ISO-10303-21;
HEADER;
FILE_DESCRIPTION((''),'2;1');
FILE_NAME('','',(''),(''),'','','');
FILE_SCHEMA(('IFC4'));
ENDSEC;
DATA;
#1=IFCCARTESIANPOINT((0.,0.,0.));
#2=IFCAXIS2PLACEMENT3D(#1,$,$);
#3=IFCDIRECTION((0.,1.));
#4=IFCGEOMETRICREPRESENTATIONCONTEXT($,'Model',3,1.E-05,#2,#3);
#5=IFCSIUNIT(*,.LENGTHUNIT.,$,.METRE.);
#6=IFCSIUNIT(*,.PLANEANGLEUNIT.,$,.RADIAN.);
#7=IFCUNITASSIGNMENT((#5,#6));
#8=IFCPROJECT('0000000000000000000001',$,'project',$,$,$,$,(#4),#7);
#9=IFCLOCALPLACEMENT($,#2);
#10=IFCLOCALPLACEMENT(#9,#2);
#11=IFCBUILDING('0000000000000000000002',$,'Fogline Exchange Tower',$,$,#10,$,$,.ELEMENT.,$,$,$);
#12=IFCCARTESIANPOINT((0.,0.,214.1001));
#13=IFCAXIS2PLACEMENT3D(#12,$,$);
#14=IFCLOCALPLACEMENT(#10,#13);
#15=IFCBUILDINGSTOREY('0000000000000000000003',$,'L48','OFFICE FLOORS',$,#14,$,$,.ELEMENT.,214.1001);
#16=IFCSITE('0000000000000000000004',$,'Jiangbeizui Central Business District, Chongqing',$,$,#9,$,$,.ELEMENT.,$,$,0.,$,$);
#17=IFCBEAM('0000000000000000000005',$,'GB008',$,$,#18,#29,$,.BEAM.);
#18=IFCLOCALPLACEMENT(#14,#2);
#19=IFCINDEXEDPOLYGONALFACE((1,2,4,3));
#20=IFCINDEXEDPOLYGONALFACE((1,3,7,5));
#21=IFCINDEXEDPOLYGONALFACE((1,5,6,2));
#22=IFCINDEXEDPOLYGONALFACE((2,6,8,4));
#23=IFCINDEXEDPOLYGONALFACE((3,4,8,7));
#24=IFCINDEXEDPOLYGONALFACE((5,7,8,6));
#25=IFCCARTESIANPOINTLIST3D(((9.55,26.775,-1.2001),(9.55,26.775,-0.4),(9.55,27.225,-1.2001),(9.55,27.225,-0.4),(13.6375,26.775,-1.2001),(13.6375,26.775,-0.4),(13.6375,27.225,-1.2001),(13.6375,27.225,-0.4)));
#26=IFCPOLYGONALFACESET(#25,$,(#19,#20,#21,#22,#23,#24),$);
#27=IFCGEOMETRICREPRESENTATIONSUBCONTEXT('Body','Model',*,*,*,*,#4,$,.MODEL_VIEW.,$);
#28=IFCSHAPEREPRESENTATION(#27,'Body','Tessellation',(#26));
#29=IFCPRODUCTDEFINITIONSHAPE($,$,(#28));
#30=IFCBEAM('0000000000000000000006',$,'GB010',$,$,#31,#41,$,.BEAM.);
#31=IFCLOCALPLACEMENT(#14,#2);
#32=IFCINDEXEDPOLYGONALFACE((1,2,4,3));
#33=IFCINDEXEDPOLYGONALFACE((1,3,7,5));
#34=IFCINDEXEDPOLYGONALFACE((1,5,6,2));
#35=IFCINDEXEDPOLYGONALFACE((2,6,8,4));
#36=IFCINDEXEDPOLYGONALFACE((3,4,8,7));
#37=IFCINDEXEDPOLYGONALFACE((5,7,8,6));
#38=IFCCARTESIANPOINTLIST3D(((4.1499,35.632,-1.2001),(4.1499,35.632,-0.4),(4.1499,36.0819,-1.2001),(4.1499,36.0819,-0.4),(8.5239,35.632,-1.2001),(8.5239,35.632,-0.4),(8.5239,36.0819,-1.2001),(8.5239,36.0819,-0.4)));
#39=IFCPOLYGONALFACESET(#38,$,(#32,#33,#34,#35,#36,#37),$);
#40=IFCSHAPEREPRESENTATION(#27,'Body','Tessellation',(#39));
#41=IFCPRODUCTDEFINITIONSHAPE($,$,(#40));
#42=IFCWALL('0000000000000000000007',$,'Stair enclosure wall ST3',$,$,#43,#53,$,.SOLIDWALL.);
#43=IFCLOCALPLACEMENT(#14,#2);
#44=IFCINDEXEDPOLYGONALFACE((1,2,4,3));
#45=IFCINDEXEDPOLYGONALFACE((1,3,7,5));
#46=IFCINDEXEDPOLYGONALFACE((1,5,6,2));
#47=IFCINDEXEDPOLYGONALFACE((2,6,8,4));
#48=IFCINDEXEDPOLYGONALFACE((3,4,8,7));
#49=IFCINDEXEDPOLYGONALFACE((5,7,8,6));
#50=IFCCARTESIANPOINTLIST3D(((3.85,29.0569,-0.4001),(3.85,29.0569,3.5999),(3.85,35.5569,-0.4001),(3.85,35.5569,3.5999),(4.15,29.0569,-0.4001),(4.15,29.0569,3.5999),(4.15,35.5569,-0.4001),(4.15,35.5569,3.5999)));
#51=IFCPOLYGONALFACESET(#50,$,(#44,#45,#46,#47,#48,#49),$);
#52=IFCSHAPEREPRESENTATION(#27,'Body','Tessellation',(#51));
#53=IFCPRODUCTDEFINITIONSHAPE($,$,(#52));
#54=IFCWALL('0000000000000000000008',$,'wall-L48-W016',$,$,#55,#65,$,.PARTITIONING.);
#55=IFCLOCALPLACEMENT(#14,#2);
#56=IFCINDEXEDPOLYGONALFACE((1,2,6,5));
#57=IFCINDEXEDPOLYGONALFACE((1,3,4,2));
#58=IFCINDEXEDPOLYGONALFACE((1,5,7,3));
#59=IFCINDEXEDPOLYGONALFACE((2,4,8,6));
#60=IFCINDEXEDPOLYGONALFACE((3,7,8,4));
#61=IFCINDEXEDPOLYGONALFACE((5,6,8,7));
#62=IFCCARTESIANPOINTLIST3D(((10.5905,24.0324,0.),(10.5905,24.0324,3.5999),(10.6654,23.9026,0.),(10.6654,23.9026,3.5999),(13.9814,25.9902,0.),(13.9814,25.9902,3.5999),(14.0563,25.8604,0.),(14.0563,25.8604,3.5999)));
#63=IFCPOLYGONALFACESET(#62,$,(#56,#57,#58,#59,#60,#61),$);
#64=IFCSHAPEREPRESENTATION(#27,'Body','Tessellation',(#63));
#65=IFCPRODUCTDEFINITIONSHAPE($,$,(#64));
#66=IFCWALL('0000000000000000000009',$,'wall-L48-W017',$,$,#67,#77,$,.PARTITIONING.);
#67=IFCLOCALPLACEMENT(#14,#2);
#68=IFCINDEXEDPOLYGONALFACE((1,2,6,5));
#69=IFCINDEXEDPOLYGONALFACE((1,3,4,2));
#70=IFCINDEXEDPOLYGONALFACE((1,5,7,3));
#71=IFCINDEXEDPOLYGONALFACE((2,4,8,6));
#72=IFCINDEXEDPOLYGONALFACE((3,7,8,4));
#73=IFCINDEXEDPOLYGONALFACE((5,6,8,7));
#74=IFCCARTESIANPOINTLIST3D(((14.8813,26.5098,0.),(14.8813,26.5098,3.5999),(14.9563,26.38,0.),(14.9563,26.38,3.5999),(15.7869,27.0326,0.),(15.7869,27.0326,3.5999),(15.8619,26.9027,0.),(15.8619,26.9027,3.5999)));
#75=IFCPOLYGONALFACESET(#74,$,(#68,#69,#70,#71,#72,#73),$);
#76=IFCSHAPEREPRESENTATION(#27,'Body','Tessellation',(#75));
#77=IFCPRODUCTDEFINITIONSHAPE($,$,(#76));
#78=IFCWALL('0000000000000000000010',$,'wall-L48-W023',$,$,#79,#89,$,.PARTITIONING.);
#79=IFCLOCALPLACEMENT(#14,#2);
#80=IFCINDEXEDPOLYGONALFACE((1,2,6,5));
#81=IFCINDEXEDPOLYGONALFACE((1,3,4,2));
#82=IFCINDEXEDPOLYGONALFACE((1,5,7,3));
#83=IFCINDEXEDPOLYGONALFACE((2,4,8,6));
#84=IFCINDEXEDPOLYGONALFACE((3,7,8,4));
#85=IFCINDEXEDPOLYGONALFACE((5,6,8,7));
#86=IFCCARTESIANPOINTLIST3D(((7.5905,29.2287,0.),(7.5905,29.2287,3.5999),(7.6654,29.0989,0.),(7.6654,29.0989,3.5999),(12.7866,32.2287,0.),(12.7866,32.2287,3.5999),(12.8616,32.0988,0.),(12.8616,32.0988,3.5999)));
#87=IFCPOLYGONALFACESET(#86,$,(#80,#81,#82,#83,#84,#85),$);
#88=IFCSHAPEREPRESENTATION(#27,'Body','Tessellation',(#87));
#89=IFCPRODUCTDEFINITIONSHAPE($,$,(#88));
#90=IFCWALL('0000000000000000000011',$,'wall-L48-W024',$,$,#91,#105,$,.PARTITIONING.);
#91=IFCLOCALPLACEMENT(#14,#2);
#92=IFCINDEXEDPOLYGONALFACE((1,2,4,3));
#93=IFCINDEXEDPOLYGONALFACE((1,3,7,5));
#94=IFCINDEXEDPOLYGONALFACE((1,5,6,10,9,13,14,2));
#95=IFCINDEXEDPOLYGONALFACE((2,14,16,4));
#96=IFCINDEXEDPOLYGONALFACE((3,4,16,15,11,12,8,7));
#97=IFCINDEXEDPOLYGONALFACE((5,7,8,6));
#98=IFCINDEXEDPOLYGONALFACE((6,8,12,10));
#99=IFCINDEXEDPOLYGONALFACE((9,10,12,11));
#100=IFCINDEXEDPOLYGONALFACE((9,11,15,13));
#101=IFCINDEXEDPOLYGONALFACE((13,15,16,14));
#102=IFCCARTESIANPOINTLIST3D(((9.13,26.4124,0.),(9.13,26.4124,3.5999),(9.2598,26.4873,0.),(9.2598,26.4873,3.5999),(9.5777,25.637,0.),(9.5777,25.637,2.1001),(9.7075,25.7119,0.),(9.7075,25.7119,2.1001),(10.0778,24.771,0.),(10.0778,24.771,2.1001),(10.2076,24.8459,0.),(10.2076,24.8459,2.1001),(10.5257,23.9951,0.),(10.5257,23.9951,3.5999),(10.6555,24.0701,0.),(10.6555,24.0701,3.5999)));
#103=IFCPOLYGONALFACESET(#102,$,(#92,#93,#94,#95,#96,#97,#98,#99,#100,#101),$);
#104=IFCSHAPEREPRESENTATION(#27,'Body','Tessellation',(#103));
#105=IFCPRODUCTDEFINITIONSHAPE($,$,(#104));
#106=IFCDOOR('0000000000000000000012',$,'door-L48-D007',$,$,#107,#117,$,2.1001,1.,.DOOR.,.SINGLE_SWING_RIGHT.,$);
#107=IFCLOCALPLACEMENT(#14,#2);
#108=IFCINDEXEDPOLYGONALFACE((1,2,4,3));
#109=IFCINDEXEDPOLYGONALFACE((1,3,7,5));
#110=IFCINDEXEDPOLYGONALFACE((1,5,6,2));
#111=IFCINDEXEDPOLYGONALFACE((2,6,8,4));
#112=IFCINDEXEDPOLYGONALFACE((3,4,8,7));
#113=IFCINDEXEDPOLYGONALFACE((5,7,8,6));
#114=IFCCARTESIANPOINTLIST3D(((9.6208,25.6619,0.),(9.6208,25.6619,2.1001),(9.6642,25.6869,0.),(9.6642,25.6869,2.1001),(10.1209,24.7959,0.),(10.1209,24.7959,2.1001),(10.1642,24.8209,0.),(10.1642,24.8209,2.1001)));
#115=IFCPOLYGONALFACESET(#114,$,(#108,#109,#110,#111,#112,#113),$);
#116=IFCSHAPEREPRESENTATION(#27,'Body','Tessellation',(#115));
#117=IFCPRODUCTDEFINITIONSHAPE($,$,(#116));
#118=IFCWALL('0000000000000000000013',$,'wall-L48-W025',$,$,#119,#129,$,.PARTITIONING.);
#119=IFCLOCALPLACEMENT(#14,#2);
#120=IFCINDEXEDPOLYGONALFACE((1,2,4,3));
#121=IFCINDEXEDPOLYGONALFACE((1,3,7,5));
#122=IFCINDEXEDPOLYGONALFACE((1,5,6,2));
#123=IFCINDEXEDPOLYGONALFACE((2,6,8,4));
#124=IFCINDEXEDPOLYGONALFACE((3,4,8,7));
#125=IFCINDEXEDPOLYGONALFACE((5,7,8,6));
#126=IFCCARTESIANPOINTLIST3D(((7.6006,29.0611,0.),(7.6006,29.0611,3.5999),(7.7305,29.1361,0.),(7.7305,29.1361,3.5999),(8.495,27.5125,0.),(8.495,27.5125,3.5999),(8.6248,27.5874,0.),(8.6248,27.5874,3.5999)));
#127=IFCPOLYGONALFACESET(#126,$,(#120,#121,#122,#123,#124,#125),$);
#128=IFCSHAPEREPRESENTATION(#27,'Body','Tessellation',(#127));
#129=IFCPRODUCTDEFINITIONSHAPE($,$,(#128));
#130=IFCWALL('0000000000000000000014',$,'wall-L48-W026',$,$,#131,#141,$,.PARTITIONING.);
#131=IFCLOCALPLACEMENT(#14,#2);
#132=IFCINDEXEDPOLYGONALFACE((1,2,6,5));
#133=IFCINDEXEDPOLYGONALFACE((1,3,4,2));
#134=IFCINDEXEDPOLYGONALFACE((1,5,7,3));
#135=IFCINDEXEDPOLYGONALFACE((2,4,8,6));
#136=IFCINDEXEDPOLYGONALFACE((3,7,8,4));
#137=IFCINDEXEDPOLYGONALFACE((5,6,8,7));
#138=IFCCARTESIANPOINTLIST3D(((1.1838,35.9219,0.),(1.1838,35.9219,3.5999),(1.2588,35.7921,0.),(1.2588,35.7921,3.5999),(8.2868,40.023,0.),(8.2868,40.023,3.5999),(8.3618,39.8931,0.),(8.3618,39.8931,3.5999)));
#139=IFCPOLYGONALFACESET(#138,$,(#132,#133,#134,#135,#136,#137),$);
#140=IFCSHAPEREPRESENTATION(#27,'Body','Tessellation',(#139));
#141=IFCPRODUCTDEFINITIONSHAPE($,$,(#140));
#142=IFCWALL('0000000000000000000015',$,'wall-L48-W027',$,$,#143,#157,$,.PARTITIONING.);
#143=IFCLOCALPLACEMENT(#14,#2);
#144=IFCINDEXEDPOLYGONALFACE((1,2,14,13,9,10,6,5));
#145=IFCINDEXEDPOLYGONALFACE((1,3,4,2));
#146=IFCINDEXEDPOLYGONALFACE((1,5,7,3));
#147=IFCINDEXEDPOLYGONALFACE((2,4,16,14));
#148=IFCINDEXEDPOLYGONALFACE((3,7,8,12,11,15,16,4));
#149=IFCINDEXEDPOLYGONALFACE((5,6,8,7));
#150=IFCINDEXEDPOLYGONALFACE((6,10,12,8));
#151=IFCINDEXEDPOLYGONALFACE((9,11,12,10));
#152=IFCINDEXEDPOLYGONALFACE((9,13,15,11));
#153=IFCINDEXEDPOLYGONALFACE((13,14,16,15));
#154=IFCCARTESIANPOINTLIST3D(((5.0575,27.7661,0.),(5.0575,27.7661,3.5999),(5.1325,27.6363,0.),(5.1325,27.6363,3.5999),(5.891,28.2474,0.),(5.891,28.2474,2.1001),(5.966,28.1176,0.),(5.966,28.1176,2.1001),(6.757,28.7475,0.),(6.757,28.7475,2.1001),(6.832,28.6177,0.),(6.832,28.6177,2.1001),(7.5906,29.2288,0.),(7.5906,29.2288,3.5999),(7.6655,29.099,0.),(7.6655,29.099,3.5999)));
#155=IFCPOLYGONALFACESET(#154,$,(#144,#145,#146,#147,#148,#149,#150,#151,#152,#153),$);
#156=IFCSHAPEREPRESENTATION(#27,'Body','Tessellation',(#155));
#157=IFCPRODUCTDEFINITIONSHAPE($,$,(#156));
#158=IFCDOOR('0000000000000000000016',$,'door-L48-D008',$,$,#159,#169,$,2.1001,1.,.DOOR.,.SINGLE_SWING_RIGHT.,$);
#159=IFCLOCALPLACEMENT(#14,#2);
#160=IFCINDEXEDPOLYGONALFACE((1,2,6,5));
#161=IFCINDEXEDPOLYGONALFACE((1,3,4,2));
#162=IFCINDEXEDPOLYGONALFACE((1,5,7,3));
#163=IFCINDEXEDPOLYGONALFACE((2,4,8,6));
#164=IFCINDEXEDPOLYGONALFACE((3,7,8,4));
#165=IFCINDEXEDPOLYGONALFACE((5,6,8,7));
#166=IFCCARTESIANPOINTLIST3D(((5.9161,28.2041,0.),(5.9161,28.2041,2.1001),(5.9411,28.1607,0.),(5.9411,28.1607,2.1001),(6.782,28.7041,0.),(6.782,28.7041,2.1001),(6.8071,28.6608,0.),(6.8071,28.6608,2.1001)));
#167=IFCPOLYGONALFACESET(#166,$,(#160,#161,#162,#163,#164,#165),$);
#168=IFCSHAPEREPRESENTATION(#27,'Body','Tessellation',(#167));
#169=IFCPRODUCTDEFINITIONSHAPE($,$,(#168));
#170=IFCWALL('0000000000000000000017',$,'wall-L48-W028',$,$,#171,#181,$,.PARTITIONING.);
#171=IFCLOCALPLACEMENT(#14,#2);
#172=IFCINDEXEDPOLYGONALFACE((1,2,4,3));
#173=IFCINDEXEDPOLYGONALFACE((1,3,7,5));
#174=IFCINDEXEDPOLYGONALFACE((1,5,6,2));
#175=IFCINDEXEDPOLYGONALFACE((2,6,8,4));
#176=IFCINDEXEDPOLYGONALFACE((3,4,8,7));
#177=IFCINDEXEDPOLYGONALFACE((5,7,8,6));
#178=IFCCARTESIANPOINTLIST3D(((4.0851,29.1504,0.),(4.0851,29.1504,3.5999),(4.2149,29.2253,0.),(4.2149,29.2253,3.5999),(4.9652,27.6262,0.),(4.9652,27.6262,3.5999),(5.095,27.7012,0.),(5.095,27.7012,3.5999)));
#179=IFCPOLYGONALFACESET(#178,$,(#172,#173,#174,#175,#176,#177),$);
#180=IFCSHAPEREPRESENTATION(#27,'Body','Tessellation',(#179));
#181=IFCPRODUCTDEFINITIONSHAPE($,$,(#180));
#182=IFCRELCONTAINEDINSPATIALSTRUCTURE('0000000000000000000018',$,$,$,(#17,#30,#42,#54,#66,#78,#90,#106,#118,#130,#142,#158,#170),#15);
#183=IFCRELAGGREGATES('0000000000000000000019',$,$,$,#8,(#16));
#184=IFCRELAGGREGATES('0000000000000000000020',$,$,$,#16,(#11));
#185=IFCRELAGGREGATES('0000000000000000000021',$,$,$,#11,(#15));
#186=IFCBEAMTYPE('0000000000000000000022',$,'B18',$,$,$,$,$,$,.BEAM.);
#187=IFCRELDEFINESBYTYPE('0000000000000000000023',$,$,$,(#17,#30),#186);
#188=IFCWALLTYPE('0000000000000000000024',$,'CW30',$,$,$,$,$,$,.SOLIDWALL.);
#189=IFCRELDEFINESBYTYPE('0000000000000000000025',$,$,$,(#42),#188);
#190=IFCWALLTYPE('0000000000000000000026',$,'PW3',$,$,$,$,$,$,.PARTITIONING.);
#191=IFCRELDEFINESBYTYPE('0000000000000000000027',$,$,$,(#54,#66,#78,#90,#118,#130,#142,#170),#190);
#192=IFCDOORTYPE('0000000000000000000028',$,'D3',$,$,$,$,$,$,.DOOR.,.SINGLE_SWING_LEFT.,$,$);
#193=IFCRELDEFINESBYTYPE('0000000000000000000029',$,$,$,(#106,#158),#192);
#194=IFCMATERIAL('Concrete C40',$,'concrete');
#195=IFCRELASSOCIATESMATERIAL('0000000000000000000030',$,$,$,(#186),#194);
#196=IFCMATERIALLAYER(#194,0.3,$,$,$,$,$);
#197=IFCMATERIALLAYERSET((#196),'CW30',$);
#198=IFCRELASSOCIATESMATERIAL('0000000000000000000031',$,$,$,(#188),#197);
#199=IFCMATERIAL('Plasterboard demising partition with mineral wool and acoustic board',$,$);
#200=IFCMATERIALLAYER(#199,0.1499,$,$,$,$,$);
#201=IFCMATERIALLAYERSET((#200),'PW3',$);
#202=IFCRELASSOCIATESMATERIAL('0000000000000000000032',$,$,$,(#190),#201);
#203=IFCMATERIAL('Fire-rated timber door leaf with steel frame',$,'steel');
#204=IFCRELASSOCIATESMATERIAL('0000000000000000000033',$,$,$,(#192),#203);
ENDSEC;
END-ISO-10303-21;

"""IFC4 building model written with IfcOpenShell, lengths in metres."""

from ifc_helpers import new_model, si_unit, direction, frame, frame_2d, origin, origin_2d, place, context, subcontext, project, spatial, rectangle, extrude, material, layer, layer_set, material_profile, profile_set, type_object, element, fill, save


model = new_model("IFC4")

# Units and contexts
model_context = context("Model", 3, precision=1e-05, world=origin(), true_north=direction((0.0, 1.0)))
body_context = subcontext(model_context, "Body", "Model", "MODEL_VIEW")
ifc_project = project(units=[si_unit("LENGTHUNIT", "METRE"), si_unit("PLANEANGLEUNIT", "RADIAN")], contexts=[model_context])

# Site, building, storey
site_placement = place(None, origin())
site = spatial("IfcSite", under=ifc_project, at=site_placement, Name="Jiangbeizui Central Business District, Chongqing", CompositionType="ELEMENT", RefElevation=0.0)
building_placement = place(site_placement, origin())
building = spatial("IfcBuilding", under=site, at=building_placement, Name="Fogline Exchange Tower", CompositionType="ELEMENT")
storey_placement = place(building_placement, frame((0.0, 0.0, 214.1001)))
storey = spatial("IfcBuildingStorey", under=building, at=storey_placement, Name="L48", Description="OFFICE FLOORS", CompositionType="ELEMENT", Elevation=214.1001)

# Beams
ifc_material_1 = material(Name="Concrete C40", Category="concrete")
ifc_material_profile_1 = material_profile(ifc_material_1, rectangle(XDim=0.45, YDim=0.8, at=origin_2d()), Name="RC 450x800")
ifc_profile_set_1 = profile_set([ifc_material_profile_1], Name="Concrete C40")
beam_type_1 = type_object("IfcBeamType", Name="B18", PredefinedType="BEAM", material=ifc_profile_set_1)
beam_1_placement = place(storey_placement, frame((9.55, 27.0, -0.8), z_axis=(1.0, 0.0, 0.0), x_axis=(0.0, 1.0, 0.0)))
element("IfcBeam", 1, at=beam_1_placement, inside=storey, type_object=beam_type_1, Name="GB008", PredefinedType="BEAM", context=body_context, shape_type="SweptSolid", body=[
    extrude(rectangle(XDim=0.45, YDim=0.8, at=origin_2d()), origin(), (0.0, 0.0, 1.0), 4.0874),
])
beam_2_placement = place(storey_placement, frame((4.1499, 35.8569, -0.8), z_axis=(1.0, 0.0, 0.0), x_axis=(0.0, 1.0, 0.0)))
element("IfcBeam", 2, at=beam_2_placement, inside=storey, type_object=beam_type_1, Name="GB010", PredefinedType="BEAM", context=body_context, shape_type="SweptSolid", body=[
    extrude(rectangle(XDim=0.45, YDim=0.8, at=origin_2d()), origin(), (0.0, 0.0, 1.0), 4.374),
])

# Wall
ifc_layer_1 = layer(ifc_material_1, 0.3)
ifc_layer_set_1 = layer_set([ifc_layer_1], Name="CW30")
wall_type_1 = type_object("IfcWallType", Name="CW30", PredefinedType="SOLIDWALL", material=ifc_layer_set_1)
wall_1_placement = place(storey_placement, frame((4.0, 29.0569, -0.4001), z_axis=(0.0, 0.0, 1.0), x_axis=(0.0, 1.0, 0.0)))
element("IfcWall", 3, at=wall_1_placement, inside=storey, type_object=wall_type_1, Name="Stair enclosure wall ST3", PredefinedType="SOLIDWALL", context=body_context, shape_type="SweptSolid", body=[
    extrude(rectangle(XDim=6.5, YDim=0.3, at=frame_2d((3.25, 0.0))), origin(), (0.0, 0.0, 1.0), 4.0),
])

# Walls
ifc_material_2 = material(Name="Plasterboard demising partition with mineral wool and acoustic board")
ifc_layer_2 = layer(ifc_material_2, 0.1499)
ifc_layer_set_2 = layer_set([ifc_layer_2], Name="PW3")
wall_type_2 = type_object("IfcWallType", Name="PW3", PredefinedType="PARTITIONING", material=ifc_layer_set_2)
wall_2_placement = place(storey_placement, frame((10.6279, 23.9675, 0.0), z_axis=(0.0, 0.0, 1.0), x_axis=(0.86602, 0.500009, 0.0)))
element("IfcWall", 4, at=wall_2_placement, inside=storey, type_object=wall_type_2, Name="wall-L48-W016", PredefinedType="PARTITIONING", context=body_context, shape_type="SweptSolid", body=[
    extrude(rectangle(XDim=3.9155, YDim=0.1499, at=frame_2d((1.9578, 0.0))), origin(), (0.0, 0.0, 1.0), 3.5999),
])
wall_3_placement = place(storey_placement, frame((14.9187, 26.4448, 0.0), z_axis=(0.0, 0.0, 1.0), x_axis=(0.866065, 0.499931, 0.0)))
element("IfcWall", 5, at=wall_3_placement, inside=storey, type_object=wall_type_2, Name="wall-L48-W017", PredefinedType="PARTITIONING", context=body_context, shape_type="SweptSolid", body=[
    extrude(rectangle(XDim=1.0457, YDim=0.1499, at=frame_2d((0.5229, 0.0))), origin(), (0.0, 0.0, 1.0), 3.5999),
])
wall_4_placement = place(storey_placement, frame((7.6279, 29.1638, 0.0), z_axis=(0.0, 0.0, 1.0), x_axis=(0.866031, 0.49999, 0.0)))
element("IfcWall", 6, at=wall_4_placement, inside=storey, type_object=wall_type_2, Name="wall-L48-W023", PredefinedType="PARTITIONING", context=body_context, shape_type="SweptSolid", body=[
    extrude(rectangle(XDim=6.0, YDim=0.1499, at=frame_2d((3.0, 0.0))), origin(), (0.0, 0.0, 1.0), 3.5999),
])

# Wall, opening, door
wall_5_placement = place(storey_placement, frame((10.5906, 24.0327, 0.0), z_axis=(0.0, 0.0, 1.0), x_axis=(-0.500043, 0.866001, 0.0)))
wall_5 = element("IfcWall", 7, at=wall_5_placement, inside=storey, type_object=wall_type_2, Name="wall-L48-W024", PredefinedType="PARTITIONING", context=body_context, shape_type="SweptSolid", body=[
    extrude(rectangle(XDim=2.7913, YDim=0.1499, at=frame_2d((1.3955, 0.0))), origin(), (0.0, 0.0, 1.0), 3.5999),
])
opening_1_placement = place(wall_5_placement, frame((0.8958, 0.0, 0.0)))
opening_1 = element("IfcOpeningElement", 8, at=opening_1_placement, cuts=wall_5, PredefinedType="OPENING", context=body_context, shape_type="SweptSolid", body=[
    extrude(rectangle(XDim=1.0, YDim=2.1001, at=frame_2d((0.5, 1.05))), frame((0.0, 0.085, 0.0), z_axis=(0.0, -1.0, 0.0), x_axis=(1.0, 0.0, 0.0)), (0.0, 0.0, 1.0), 0.1699),
])
ifc_material_3 = material(Name="Fire-rated timber door leaf with steel frame", Category="steel")
door_type_1 = type_object("IfcDoorType", Name="D3", OperationType="SINGLE_SWING_LEFT", PredefinedType="DOOR", material=ifc_material_3)
door_1_placement = place(opening_1_placement, frame((1.0, 0.0, 0.0), z_axis=(0.0, 0.0, 1.0), x_axis=(-1.0, 0.0, 0.0)))
door_1 = element("IfcDoor", 9, at=door_1_placement, inside=storey, type_object=door_type_1, Name="door-L48-D007", OperationType="SINGLE_SWING_RIGHT", OverallHeight=2.1001, OverallWidth=1.0, PredefinedType="DOOR", context=body_context, shape_type="SweptSolid", body=[
    extrude(rectangle(XDim=1.0, YDim=2.1001, at=frame_2d((0.5, 1.05))), frame((0.0, 0.0249, 0.0), z_axis=(0.0, -1.0, 0.0), x_axis=(1.0, 0.0, 0.0)), (0.0, 0.0, 1.0), 0.05),
])
fill(opening_1, door_1)

# Walls
wall_6_placement = place(storey_placement, frame((8.5598, 27.55, 0.0), z_axis=(0.0, 0.0, 1.0), x_axis=(-0.500089, 0.865974, 0.0)))
element("IfcWall", 10, at=wall_6_placement, inside=storey, type_object=wall_type_2, Name="wall-L48-W025", PredefinedType="PARTITIONING", context=body_context, shape_type="SweptSolid", body=[
    extrude(rectangle(XDim=1.7883, YDim=0.1499, at=frame_2d((0.894, 0.0))), origin(), (0.0, 0.0, 1.0), 3.5999),
])
wall_7_placement = place(storey_placement, frame((1.2212, 35.8569, 0.0), z_axis=(0.0, 0.0, 1.0), x_axis=(0.866018, 0.500013, 0.0)))
element("IfcWall", 11, at=wall_7_placement, inside=storey, type_object=wall_type_2, Name="wall-L48-W026", PredefinedType="PARTITIONING", context=body_context, shape_type="SweptSolid", body=[
    extrude(rectangle(XDim=8.2019, YDim=0.1499, at=frame_2d((4.1011, 0.0))), origin(), (0.0, 0.0, 1.0), 3.5999),
])

# Wall, opening, door
wall_8_placement = place(storey_placement, frame((7.6279, 29.1638, 0.0), z_axis=(0.0, 0.0, 1.0), x_axis=(-0.86599, -0.500062, 0.0)))
wall_8 = element("IfcWall", 12, at=wall_8_placement, inside=storey, type_object=wall_type_2, Name="wall-L48-W027", PredefinedType="PARTITIONING", context=body_context, shape_type="SweptSolid", body=[
    extrude(rectangle(XDim=2.925, YDim=0.1499, at=frame_2d((1.4624, 0.0))), origin(), (0.0, 0.0, 1.0), 3.5999),
])
opening_2_placement = place(wall_8_placement, frame((0.9624, 0.0, 0.0)))
opening_2 = element("IfcOpeningElement", 13, at=opening_2_placement, cuts=wall_8, PredefinedType="OPENING", context=body_context, shape_type="SweptSolid", body=[
    extrude(rectangle(XDim=1.0, YDim=2.1001, at=frame_2d((0.5, 1.05))), frame((0.0, 0.085, 0.0), z_axis=(0.0, -1.0, 0.0), x_axis=(1.0, 0.0, 0.0)), (0.0, 0.0, 1.0), 0.1699),
])
door_2_placement = place(opening_2_placement, frame((1.0, 0.0, 0.0), z_axis=(0.0, 0.0, 1.0), x_axis=(-1.0, 0.0, 0.0)))
door_2 = element("IfcDoor", 14, at=door_2_placement, inside=storey, type_object=door_type_1, Name="door-L48-D008", OperationType="SINGLE_SWING_RIGHT", OverallHeight=2.1001, OverallWidth=1.0, PredefinedType="DOOR", context=body_context, shape_type="SweptSolid", body=[
    extrude(rectangle(XDim=1.0, YDim=2.1001, at=frame_2d((0.5, 1.05))), frame((0.0, 0.0249, 0.0), z_axis=(0.0, -1.0, 0.0), x_axis=(1.0, 0.0, 0.0)), (0.0, 0.0, 1.0), 0.05),
])
fill(opening_2, door_2)

# Wall
wall_9_placement = place(storey_placement, frame((5.03, 27.6638, 0.0), z_axis=(0.0, 0.0, 1.0), x_axis=(-0.500063, 0.865989, 0.0)))
element("IfcWall", 15, at=wall_9_placement, inside=storey, type_object=wall_type_2, Name="wall-L48-W028", PredefinedType="PARTITIONING", context=body_context, shape_type="SweptSolid", body=[
    extrude(rectangle(XDim=1.76, YDim=0.1499, at=frame_2d((0.8799, 0.0))), origin(), (0.0, 0.0, 1.0), 3.5999),
])

save(model, "model.ifc")
